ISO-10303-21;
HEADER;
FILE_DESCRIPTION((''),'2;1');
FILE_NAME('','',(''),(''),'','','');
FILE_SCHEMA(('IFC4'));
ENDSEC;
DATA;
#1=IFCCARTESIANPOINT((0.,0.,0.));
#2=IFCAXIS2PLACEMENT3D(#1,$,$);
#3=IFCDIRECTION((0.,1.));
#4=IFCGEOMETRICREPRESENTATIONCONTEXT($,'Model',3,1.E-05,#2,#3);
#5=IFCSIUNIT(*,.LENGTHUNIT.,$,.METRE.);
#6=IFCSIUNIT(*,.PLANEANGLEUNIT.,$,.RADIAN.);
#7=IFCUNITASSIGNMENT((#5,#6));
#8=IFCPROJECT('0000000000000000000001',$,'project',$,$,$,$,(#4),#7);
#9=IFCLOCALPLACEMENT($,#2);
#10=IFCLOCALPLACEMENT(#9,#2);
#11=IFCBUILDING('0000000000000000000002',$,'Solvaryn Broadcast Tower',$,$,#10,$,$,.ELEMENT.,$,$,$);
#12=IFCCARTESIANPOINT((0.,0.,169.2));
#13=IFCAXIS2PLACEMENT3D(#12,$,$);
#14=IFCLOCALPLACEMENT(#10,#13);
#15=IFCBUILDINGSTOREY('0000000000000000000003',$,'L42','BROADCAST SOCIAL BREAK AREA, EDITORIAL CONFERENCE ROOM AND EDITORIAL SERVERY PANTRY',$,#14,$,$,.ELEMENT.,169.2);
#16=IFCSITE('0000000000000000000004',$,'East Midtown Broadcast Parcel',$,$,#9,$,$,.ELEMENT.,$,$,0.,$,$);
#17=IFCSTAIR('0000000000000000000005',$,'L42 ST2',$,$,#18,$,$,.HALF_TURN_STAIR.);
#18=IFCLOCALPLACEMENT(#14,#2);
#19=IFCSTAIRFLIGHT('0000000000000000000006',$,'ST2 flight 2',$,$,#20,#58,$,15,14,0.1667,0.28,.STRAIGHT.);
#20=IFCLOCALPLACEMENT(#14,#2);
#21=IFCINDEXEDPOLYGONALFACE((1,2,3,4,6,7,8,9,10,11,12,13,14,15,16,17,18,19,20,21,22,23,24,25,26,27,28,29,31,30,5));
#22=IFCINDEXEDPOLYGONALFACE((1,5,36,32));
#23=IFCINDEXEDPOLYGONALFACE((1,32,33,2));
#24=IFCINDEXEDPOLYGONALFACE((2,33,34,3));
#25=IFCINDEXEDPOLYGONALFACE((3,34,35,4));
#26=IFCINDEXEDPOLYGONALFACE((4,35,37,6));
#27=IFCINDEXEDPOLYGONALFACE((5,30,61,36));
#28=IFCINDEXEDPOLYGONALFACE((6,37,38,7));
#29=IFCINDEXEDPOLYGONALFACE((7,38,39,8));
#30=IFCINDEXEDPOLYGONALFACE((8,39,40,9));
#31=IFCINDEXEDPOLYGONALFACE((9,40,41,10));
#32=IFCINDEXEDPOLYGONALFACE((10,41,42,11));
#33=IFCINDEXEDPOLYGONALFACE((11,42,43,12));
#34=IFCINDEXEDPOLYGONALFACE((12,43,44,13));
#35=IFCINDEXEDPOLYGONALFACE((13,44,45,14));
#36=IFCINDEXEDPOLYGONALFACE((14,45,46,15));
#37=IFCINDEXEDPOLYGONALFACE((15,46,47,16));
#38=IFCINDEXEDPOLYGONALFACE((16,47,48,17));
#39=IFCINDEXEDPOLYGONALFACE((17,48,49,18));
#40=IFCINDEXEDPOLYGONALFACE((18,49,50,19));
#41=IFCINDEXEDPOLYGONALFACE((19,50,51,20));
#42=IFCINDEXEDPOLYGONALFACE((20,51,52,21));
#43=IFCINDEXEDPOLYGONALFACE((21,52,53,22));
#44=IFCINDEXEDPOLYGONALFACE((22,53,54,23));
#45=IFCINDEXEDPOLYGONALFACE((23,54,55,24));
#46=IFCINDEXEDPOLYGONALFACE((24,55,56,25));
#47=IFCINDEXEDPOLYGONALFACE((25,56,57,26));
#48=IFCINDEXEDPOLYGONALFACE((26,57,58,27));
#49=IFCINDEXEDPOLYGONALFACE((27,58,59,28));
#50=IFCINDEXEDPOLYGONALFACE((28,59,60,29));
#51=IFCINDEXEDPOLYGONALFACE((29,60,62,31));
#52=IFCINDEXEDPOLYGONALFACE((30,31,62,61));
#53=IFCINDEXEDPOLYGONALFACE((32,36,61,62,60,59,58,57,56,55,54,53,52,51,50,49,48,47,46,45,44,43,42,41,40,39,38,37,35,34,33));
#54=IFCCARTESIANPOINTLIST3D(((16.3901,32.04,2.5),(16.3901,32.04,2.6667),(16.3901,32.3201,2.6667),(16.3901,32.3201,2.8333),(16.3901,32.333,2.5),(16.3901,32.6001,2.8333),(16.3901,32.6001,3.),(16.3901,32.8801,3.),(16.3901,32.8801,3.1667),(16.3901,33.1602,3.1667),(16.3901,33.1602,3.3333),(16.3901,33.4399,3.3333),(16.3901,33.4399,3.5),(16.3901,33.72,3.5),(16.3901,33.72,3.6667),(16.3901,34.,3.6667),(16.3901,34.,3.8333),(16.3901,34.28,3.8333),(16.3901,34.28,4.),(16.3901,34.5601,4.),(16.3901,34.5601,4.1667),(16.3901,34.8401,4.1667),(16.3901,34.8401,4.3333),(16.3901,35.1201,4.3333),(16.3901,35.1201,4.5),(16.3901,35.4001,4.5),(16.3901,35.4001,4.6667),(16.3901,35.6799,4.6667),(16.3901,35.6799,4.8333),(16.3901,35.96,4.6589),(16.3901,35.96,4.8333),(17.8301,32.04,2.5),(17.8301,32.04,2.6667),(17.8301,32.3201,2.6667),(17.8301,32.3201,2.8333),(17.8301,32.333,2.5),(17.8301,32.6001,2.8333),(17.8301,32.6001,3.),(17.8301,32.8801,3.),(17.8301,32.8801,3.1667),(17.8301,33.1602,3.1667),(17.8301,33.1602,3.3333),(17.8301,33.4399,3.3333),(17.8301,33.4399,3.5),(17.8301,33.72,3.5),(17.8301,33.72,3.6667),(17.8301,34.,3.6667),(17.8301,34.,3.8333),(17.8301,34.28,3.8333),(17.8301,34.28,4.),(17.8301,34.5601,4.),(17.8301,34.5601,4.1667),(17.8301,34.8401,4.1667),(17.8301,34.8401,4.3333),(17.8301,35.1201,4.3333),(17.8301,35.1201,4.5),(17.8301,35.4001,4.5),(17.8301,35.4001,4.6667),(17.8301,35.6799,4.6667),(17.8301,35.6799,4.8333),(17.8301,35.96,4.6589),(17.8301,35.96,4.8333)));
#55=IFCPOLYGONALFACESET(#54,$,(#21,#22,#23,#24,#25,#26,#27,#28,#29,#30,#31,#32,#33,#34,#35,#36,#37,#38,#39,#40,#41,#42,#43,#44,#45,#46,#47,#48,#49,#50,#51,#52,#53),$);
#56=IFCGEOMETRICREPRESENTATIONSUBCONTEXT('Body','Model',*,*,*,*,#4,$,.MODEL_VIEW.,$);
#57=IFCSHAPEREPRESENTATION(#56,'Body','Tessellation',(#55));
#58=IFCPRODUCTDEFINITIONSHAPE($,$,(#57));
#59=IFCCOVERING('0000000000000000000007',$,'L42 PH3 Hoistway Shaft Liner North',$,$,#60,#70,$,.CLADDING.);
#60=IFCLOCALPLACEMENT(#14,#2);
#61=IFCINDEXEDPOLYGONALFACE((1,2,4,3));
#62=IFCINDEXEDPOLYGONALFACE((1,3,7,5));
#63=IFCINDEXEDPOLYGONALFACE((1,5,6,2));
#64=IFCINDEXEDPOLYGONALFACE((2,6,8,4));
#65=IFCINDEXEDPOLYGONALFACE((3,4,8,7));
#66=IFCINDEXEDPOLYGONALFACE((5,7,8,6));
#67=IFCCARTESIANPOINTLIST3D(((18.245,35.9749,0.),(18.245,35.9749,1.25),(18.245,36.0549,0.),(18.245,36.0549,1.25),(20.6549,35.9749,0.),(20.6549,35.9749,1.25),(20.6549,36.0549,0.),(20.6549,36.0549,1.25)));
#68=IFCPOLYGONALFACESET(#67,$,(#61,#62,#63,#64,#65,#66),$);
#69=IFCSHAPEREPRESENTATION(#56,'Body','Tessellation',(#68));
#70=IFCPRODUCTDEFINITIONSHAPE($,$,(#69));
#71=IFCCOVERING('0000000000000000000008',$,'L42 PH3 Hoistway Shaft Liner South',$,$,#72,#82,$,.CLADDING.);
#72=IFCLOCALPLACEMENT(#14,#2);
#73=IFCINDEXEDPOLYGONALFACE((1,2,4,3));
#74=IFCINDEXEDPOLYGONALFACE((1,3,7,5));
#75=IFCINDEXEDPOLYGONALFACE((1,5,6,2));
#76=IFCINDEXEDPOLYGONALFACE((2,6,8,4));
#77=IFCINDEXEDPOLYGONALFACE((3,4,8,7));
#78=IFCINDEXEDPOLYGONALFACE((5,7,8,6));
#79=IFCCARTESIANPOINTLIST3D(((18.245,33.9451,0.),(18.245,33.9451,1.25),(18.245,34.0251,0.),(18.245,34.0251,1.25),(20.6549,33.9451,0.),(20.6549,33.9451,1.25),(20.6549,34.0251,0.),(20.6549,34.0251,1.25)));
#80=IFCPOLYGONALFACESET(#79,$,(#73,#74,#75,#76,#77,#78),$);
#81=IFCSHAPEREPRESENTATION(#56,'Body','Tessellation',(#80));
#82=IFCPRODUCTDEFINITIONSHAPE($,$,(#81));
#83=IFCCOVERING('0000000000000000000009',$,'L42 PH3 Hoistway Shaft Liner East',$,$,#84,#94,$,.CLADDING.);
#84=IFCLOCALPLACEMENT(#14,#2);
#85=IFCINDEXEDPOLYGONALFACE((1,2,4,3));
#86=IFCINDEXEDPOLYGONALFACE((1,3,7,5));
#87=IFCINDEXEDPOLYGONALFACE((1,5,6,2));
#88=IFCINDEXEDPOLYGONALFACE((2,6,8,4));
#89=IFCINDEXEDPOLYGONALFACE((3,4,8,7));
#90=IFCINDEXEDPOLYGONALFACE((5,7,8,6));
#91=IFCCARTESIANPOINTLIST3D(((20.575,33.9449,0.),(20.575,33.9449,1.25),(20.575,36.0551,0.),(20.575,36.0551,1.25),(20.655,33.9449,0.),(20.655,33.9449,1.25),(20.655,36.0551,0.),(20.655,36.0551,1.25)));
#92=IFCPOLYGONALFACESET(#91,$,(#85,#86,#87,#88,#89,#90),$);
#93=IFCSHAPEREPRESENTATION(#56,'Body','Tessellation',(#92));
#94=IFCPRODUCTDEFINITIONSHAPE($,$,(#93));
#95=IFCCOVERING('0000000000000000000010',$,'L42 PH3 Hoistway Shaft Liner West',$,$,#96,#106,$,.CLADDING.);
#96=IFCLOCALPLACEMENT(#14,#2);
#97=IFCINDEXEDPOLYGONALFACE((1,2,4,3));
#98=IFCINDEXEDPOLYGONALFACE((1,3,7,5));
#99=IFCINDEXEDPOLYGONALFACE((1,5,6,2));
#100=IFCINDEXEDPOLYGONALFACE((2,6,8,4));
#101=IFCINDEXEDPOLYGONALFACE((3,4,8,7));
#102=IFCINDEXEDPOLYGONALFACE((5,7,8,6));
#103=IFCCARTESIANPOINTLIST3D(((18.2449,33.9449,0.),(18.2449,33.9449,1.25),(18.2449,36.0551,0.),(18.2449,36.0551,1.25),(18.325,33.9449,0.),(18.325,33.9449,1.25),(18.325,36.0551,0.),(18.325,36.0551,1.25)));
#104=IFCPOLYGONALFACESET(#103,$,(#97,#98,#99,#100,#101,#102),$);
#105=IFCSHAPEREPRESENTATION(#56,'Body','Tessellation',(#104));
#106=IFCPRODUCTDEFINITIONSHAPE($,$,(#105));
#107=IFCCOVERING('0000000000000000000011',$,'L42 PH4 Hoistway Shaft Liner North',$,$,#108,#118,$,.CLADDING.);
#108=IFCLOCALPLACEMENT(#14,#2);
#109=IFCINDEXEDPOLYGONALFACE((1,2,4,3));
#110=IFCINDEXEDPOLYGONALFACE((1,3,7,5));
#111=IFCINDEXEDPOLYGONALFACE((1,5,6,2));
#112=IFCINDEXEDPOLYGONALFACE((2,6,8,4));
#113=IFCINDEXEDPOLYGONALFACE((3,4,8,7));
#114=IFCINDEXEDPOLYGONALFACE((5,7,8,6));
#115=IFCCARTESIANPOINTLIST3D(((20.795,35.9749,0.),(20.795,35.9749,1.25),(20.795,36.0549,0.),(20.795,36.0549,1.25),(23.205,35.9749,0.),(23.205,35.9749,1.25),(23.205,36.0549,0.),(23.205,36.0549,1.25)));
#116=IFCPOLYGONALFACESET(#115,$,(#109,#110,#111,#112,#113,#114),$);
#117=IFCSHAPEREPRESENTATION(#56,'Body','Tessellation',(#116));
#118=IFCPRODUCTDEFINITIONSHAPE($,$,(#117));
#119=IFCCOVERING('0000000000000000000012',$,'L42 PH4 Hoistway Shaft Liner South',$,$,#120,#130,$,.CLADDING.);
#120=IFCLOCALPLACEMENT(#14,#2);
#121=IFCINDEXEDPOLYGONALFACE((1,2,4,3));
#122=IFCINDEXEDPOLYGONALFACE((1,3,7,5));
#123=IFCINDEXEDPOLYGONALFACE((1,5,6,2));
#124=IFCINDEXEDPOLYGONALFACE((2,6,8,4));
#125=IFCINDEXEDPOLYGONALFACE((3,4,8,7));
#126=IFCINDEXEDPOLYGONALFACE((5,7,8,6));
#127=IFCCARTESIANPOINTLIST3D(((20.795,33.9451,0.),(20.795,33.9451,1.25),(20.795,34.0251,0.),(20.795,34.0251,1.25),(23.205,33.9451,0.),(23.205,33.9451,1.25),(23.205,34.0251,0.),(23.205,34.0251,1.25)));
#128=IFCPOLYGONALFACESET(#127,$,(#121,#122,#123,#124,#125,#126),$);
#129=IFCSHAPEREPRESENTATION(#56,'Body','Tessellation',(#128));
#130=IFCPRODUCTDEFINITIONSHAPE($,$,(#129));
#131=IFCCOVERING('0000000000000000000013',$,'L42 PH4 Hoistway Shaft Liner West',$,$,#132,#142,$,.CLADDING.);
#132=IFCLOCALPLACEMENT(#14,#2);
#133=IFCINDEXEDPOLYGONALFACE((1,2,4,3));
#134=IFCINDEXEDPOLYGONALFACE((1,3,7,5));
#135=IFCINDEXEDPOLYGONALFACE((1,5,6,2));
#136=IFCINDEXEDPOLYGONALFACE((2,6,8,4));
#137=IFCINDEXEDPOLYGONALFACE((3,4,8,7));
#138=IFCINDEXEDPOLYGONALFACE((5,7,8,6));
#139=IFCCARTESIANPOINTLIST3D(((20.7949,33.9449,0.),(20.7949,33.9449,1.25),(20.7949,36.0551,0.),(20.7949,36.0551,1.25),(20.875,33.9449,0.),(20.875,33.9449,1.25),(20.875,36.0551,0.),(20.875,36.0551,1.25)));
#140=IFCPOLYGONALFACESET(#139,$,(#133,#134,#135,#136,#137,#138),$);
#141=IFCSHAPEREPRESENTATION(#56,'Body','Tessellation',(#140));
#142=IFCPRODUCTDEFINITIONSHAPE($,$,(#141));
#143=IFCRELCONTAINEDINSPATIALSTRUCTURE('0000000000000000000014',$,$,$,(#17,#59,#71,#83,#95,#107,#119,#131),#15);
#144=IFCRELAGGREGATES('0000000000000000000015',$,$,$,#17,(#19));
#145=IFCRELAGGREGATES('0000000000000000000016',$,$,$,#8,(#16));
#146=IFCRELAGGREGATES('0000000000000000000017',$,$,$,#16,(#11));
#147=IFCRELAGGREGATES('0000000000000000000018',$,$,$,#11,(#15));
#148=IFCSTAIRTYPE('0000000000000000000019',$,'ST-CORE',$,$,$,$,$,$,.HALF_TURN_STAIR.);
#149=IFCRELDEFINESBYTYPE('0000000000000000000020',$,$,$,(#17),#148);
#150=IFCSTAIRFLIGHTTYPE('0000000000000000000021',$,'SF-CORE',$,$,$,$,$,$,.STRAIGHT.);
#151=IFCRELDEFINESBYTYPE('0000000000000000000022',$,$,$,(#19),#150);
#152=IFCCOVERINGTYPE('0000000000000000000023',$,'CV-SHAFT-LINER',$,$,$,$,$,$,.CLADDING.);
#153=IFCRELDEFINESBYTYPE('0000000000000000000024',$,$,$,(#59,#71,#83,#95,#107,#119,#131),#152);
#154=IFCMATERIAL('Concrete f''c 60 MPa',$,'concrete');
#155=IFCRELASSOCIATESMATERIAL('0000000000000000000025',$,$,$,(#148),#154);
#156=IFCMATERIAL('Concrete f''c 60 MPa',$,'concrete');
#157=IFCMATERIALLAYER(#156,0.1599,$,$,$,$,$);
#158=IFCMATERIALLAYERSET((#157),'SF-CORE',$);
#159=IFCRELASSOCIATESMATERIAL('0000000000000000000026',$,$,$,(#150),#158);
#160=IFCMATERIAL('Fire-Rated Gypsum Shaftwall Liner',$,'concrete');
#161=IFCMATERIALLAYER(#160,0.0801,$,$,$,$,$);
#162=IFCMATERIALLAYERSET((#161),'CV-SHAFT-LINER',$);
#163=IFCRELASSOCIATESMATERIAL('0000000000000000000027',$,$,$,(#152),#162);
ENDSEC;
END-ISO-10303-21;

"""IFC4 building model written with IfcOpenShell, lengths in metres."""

from ifc_helpers import new_model, si_unit, direction, frame, origin, origin_2d, place, context, subcontext, project, spatial, polyline, rectangle, outline, extrude, material, layer, layer_set, type_object, element, aggregate, save


model = new_model("IFC4")

# Units and contexts
model_context = context("Model", 3, precision=1e-05, world=origin(), true_north=direction((0.0, 1.0)))
body_context = subcontext(model_context, "Body", "Model", "MODEL_VIEW")
ifc_project = project(units=[si_unit("LENGTHUNIT", "METRE"), si_unit("PLANEANGLEUNIT", "RADIAN")], contexts=[model_context])

# Site, building, storey
site_placement = place(None, origin())
site = spatial("IfcSite", under=ifc_project, at=site_placement, Name="East Midtown Broadcast Parcel", CompositionType="ELEMENT", RefElevation=0.0)
building_placement = place(site_placement, origin())
building = spatial("IfcBuilding", under=site, at=building_placement, Name="Solvaryn Broadcast Tower", CompositionType="ELEMENT")
storey_placement = place(building_placement, frame((0.0, 0.0, 169.2)))
storey = spatial("IfcBuildingStorey", under=building, at=storey_placement, Name="L42", Description="BROADCAST SOCIAL BREAK AREA, EDITORIAL CONFERENCE ROOM AND EDITORIAL SERVERY PANTRY", CompositionType="ELEMENT", Elevation=169.2)

# Stair, stair flight
ifc_material_1 = material(Name="Concrete f'c 60 MPa", Category="concrete")
stair_type = type_object("IfcStairType", Name="ST-CORE", PredefinedType="HALF_TURN_STAIR", material=ifc_material_1)
stair_placement = place(storey_placement, origin())
stair = element("IfcStair", 1, at=stair_placement, inside=storey, type_object=stair_type, Name="L42 ST2", PredefinedType="HALF_TURN_STAIR")
ifc_material_2 = material(Name="Concrete f'c 60 MPa", Category="concrete")
ifc_layer_1 = layer(ifc_material_2, 0.1599)
ifc_layer_set_1 = layer_set([ifc_layer_1], Name="SF-CORE")
stair_flight_type = type_object("IfcStairFlightType", Name="SF-CORE", PredefinedType="STRAIGHT", material=ifc_layer_set_1)
stair_flight_1_placement = place(storey_placement, frame((17.1101, 32.04, 2.5), z_axis=(0.0, 0.0, 1.0), x_axis=(0.0, 1.0, 0.0)))
stair_flight_1 = element("IfcStairFlight", 2, at=stair_flight_1_placement, type_object=stair_flight_type, Name="ST2 flight 2", NumberOfRisers=15, NumberOfTreads=14, PredefinedType="STRAIGHT", RiserHeight=0.1667, TreadLength=0.28, context=body_context, shape_type="SweptSolid", body=[
    extrude(outline(polyline([(0.0, 0.0), (0.0, 0.1667), (0.28, 0.1667), (0.28, 0.3333), (0.5601, 0.3333), (0.5601, 0.5), (0.8401, 0.5), (0.8401, 0.6667), (1.1201, 0.6667), (1.1201, 0.8333), (1.3999, 0.8333), (1.3999, 1.0), (1.6799, 1.0), (1.6799, 1.1667), (1.96, 1.1667), (1.96, 1.3333), (2.24, 1.3333), (2.24, 1.5), (2.52, 1.5), (2.52, 1.6667), (2.8, 1.6667), (2.8, 1.8333), (3.0801, 1.8333), (3.0801, 2.0), (3.3601, 2.0), (3.3601, 2.1667), (3.6399, 2.1667), (3.6399, 2.3333), (3.9199, 2.3333), (3.9199, 2.5), (3.9199, 2.1589), (0.293, 0.0), (0.0, 0.0)])), frame((0.0, 0.72, 0.0), z_axis=(0.0, -1.0, 0.0), x_axis=(1.0, 0.0, 0.0)), (0.0, 0.0, 1.0), 1.4399),
])
aggregate(stair, [stair_flight_1])

# Coverings
ifc_material_3 = material(Name="Fire-Rated Gypsum Shaftwall Liner", Category="concrete")
ifc_layer_2 = layer(ifc_material_3, 0.0801)
ifc_layer_set_2 = layer_set([ifc_layer_2], Name="CV-SHAFT-LINER")
covering_type = type_object("IfcCoveringType", Name="CV-SHAFT-LINER", PredefinedType="CLADDING", material=ifc_layer_set_2)
for number, where, z_axis, x_axis, name in (
    (3, (19.45, 36.0149, 0.0), (0.0, 0.0, 1.0), (1.0, 0.0, 0.0), "L42 PH3 Hoistway Shaft Liner North"),
    (4, (19.45, 33.9851, 0.0), (0.0, 0.0, 1.0), (1.0, 0.0, 0.0), "L42 PH3 Hoistway Shaft Liner South"),
):
    element("IfcCovering", number, at=place(storey_placement, frame(where, z_axis=z_axis, x_axis=x_axis)), inside=storey, type_object=covering_type, Name=name, PredefinedType="CLADDING", context=body_context, shape_type="SweptSolid", body=[
        extrude(rectangle(XDim=2.4099, YDim=0.0801, at=origin_2d()), origin(), (0.0, 0.0, 1.0), 1.25),
    ])
for number, where, z_axis, x_axis, name in (
    (5, (20.615, 35.0, 0.0), (0.0, 0.0, 1.0), (1.0, 0.0, 0.0), "L42 PH3 Hoistway Shaft Liner East"),
    (6, (18.2849, 35.0, 0.0), (0.0, 0.0, 1.0), (1.0, 0.0, 0.0), "L42 PH3 Hoistway Shaft Liner West"),
):
    element("IfcCovering", number, at=place(storey_placement, frame(where, z_axis=z_axis, x_axis=x_axis)), inside=storey, type_object=covering_type, Name=name, PredefinedType="CLADDING", context=body_context, shape_type="SweptSolid", body=[
        extrude(rectangle(XDim=0.0801, YDim=2.1101, at=origin_2d()), origin(), (0.0, 0.0, 1.0), 1.25),
    ])
for number, where, z_axis, x_axis, name in (
    (7, (22.0, 36.0149, 0.0), (0.0, 0.0, 1.0), (1.0, 0.0, 0.0), "L42 PH4 Hoistway Shaft Liner North"),
    (8, (22.0, 33.9851, 0.0), (0.0, 0.0, 1.0), (1.0, 0.0, 0.0), "L42 PH4 Hoistway Shaft Liner South"),
):
    element("IfcCovering", number, at=place(storey_placement, frame(where, z_axis=z_axis, x_axis=x_axis)), inside=storey, type_object=covering_type, Name=name, PredefinedType="CLADDING", context=body_context, shape_type="SweptSolid", body=[
        extrude(rectangle(XDim=2.4099, YDim=0.0801, at=origin_2d()), origin(), (0.0, 0.0, 1.0), 1.25),
    ])
covering_placement = place(storey_placement, frame((20.835, 35.0, 0.0), z_axis=(0.0, 0.0, 1.0), x_axis=(1.0, 0.0, 0.0)))
element("IfcCovering", 9, at=covering_placement, inside=storey, type_object=covering_type, Name="L42 PH4 Hoistway Shaft Liner West", PredefinedType="CLADDING", context=body_context, shape_type="SweptSolid", body=[
    extrude(rectangle(XDim=0.0801, YDim=2.1101, at=origin_2d()), origin(), (0.0, 0.0, 1.0), 1.25),
])

save(model, "model.ifc")
